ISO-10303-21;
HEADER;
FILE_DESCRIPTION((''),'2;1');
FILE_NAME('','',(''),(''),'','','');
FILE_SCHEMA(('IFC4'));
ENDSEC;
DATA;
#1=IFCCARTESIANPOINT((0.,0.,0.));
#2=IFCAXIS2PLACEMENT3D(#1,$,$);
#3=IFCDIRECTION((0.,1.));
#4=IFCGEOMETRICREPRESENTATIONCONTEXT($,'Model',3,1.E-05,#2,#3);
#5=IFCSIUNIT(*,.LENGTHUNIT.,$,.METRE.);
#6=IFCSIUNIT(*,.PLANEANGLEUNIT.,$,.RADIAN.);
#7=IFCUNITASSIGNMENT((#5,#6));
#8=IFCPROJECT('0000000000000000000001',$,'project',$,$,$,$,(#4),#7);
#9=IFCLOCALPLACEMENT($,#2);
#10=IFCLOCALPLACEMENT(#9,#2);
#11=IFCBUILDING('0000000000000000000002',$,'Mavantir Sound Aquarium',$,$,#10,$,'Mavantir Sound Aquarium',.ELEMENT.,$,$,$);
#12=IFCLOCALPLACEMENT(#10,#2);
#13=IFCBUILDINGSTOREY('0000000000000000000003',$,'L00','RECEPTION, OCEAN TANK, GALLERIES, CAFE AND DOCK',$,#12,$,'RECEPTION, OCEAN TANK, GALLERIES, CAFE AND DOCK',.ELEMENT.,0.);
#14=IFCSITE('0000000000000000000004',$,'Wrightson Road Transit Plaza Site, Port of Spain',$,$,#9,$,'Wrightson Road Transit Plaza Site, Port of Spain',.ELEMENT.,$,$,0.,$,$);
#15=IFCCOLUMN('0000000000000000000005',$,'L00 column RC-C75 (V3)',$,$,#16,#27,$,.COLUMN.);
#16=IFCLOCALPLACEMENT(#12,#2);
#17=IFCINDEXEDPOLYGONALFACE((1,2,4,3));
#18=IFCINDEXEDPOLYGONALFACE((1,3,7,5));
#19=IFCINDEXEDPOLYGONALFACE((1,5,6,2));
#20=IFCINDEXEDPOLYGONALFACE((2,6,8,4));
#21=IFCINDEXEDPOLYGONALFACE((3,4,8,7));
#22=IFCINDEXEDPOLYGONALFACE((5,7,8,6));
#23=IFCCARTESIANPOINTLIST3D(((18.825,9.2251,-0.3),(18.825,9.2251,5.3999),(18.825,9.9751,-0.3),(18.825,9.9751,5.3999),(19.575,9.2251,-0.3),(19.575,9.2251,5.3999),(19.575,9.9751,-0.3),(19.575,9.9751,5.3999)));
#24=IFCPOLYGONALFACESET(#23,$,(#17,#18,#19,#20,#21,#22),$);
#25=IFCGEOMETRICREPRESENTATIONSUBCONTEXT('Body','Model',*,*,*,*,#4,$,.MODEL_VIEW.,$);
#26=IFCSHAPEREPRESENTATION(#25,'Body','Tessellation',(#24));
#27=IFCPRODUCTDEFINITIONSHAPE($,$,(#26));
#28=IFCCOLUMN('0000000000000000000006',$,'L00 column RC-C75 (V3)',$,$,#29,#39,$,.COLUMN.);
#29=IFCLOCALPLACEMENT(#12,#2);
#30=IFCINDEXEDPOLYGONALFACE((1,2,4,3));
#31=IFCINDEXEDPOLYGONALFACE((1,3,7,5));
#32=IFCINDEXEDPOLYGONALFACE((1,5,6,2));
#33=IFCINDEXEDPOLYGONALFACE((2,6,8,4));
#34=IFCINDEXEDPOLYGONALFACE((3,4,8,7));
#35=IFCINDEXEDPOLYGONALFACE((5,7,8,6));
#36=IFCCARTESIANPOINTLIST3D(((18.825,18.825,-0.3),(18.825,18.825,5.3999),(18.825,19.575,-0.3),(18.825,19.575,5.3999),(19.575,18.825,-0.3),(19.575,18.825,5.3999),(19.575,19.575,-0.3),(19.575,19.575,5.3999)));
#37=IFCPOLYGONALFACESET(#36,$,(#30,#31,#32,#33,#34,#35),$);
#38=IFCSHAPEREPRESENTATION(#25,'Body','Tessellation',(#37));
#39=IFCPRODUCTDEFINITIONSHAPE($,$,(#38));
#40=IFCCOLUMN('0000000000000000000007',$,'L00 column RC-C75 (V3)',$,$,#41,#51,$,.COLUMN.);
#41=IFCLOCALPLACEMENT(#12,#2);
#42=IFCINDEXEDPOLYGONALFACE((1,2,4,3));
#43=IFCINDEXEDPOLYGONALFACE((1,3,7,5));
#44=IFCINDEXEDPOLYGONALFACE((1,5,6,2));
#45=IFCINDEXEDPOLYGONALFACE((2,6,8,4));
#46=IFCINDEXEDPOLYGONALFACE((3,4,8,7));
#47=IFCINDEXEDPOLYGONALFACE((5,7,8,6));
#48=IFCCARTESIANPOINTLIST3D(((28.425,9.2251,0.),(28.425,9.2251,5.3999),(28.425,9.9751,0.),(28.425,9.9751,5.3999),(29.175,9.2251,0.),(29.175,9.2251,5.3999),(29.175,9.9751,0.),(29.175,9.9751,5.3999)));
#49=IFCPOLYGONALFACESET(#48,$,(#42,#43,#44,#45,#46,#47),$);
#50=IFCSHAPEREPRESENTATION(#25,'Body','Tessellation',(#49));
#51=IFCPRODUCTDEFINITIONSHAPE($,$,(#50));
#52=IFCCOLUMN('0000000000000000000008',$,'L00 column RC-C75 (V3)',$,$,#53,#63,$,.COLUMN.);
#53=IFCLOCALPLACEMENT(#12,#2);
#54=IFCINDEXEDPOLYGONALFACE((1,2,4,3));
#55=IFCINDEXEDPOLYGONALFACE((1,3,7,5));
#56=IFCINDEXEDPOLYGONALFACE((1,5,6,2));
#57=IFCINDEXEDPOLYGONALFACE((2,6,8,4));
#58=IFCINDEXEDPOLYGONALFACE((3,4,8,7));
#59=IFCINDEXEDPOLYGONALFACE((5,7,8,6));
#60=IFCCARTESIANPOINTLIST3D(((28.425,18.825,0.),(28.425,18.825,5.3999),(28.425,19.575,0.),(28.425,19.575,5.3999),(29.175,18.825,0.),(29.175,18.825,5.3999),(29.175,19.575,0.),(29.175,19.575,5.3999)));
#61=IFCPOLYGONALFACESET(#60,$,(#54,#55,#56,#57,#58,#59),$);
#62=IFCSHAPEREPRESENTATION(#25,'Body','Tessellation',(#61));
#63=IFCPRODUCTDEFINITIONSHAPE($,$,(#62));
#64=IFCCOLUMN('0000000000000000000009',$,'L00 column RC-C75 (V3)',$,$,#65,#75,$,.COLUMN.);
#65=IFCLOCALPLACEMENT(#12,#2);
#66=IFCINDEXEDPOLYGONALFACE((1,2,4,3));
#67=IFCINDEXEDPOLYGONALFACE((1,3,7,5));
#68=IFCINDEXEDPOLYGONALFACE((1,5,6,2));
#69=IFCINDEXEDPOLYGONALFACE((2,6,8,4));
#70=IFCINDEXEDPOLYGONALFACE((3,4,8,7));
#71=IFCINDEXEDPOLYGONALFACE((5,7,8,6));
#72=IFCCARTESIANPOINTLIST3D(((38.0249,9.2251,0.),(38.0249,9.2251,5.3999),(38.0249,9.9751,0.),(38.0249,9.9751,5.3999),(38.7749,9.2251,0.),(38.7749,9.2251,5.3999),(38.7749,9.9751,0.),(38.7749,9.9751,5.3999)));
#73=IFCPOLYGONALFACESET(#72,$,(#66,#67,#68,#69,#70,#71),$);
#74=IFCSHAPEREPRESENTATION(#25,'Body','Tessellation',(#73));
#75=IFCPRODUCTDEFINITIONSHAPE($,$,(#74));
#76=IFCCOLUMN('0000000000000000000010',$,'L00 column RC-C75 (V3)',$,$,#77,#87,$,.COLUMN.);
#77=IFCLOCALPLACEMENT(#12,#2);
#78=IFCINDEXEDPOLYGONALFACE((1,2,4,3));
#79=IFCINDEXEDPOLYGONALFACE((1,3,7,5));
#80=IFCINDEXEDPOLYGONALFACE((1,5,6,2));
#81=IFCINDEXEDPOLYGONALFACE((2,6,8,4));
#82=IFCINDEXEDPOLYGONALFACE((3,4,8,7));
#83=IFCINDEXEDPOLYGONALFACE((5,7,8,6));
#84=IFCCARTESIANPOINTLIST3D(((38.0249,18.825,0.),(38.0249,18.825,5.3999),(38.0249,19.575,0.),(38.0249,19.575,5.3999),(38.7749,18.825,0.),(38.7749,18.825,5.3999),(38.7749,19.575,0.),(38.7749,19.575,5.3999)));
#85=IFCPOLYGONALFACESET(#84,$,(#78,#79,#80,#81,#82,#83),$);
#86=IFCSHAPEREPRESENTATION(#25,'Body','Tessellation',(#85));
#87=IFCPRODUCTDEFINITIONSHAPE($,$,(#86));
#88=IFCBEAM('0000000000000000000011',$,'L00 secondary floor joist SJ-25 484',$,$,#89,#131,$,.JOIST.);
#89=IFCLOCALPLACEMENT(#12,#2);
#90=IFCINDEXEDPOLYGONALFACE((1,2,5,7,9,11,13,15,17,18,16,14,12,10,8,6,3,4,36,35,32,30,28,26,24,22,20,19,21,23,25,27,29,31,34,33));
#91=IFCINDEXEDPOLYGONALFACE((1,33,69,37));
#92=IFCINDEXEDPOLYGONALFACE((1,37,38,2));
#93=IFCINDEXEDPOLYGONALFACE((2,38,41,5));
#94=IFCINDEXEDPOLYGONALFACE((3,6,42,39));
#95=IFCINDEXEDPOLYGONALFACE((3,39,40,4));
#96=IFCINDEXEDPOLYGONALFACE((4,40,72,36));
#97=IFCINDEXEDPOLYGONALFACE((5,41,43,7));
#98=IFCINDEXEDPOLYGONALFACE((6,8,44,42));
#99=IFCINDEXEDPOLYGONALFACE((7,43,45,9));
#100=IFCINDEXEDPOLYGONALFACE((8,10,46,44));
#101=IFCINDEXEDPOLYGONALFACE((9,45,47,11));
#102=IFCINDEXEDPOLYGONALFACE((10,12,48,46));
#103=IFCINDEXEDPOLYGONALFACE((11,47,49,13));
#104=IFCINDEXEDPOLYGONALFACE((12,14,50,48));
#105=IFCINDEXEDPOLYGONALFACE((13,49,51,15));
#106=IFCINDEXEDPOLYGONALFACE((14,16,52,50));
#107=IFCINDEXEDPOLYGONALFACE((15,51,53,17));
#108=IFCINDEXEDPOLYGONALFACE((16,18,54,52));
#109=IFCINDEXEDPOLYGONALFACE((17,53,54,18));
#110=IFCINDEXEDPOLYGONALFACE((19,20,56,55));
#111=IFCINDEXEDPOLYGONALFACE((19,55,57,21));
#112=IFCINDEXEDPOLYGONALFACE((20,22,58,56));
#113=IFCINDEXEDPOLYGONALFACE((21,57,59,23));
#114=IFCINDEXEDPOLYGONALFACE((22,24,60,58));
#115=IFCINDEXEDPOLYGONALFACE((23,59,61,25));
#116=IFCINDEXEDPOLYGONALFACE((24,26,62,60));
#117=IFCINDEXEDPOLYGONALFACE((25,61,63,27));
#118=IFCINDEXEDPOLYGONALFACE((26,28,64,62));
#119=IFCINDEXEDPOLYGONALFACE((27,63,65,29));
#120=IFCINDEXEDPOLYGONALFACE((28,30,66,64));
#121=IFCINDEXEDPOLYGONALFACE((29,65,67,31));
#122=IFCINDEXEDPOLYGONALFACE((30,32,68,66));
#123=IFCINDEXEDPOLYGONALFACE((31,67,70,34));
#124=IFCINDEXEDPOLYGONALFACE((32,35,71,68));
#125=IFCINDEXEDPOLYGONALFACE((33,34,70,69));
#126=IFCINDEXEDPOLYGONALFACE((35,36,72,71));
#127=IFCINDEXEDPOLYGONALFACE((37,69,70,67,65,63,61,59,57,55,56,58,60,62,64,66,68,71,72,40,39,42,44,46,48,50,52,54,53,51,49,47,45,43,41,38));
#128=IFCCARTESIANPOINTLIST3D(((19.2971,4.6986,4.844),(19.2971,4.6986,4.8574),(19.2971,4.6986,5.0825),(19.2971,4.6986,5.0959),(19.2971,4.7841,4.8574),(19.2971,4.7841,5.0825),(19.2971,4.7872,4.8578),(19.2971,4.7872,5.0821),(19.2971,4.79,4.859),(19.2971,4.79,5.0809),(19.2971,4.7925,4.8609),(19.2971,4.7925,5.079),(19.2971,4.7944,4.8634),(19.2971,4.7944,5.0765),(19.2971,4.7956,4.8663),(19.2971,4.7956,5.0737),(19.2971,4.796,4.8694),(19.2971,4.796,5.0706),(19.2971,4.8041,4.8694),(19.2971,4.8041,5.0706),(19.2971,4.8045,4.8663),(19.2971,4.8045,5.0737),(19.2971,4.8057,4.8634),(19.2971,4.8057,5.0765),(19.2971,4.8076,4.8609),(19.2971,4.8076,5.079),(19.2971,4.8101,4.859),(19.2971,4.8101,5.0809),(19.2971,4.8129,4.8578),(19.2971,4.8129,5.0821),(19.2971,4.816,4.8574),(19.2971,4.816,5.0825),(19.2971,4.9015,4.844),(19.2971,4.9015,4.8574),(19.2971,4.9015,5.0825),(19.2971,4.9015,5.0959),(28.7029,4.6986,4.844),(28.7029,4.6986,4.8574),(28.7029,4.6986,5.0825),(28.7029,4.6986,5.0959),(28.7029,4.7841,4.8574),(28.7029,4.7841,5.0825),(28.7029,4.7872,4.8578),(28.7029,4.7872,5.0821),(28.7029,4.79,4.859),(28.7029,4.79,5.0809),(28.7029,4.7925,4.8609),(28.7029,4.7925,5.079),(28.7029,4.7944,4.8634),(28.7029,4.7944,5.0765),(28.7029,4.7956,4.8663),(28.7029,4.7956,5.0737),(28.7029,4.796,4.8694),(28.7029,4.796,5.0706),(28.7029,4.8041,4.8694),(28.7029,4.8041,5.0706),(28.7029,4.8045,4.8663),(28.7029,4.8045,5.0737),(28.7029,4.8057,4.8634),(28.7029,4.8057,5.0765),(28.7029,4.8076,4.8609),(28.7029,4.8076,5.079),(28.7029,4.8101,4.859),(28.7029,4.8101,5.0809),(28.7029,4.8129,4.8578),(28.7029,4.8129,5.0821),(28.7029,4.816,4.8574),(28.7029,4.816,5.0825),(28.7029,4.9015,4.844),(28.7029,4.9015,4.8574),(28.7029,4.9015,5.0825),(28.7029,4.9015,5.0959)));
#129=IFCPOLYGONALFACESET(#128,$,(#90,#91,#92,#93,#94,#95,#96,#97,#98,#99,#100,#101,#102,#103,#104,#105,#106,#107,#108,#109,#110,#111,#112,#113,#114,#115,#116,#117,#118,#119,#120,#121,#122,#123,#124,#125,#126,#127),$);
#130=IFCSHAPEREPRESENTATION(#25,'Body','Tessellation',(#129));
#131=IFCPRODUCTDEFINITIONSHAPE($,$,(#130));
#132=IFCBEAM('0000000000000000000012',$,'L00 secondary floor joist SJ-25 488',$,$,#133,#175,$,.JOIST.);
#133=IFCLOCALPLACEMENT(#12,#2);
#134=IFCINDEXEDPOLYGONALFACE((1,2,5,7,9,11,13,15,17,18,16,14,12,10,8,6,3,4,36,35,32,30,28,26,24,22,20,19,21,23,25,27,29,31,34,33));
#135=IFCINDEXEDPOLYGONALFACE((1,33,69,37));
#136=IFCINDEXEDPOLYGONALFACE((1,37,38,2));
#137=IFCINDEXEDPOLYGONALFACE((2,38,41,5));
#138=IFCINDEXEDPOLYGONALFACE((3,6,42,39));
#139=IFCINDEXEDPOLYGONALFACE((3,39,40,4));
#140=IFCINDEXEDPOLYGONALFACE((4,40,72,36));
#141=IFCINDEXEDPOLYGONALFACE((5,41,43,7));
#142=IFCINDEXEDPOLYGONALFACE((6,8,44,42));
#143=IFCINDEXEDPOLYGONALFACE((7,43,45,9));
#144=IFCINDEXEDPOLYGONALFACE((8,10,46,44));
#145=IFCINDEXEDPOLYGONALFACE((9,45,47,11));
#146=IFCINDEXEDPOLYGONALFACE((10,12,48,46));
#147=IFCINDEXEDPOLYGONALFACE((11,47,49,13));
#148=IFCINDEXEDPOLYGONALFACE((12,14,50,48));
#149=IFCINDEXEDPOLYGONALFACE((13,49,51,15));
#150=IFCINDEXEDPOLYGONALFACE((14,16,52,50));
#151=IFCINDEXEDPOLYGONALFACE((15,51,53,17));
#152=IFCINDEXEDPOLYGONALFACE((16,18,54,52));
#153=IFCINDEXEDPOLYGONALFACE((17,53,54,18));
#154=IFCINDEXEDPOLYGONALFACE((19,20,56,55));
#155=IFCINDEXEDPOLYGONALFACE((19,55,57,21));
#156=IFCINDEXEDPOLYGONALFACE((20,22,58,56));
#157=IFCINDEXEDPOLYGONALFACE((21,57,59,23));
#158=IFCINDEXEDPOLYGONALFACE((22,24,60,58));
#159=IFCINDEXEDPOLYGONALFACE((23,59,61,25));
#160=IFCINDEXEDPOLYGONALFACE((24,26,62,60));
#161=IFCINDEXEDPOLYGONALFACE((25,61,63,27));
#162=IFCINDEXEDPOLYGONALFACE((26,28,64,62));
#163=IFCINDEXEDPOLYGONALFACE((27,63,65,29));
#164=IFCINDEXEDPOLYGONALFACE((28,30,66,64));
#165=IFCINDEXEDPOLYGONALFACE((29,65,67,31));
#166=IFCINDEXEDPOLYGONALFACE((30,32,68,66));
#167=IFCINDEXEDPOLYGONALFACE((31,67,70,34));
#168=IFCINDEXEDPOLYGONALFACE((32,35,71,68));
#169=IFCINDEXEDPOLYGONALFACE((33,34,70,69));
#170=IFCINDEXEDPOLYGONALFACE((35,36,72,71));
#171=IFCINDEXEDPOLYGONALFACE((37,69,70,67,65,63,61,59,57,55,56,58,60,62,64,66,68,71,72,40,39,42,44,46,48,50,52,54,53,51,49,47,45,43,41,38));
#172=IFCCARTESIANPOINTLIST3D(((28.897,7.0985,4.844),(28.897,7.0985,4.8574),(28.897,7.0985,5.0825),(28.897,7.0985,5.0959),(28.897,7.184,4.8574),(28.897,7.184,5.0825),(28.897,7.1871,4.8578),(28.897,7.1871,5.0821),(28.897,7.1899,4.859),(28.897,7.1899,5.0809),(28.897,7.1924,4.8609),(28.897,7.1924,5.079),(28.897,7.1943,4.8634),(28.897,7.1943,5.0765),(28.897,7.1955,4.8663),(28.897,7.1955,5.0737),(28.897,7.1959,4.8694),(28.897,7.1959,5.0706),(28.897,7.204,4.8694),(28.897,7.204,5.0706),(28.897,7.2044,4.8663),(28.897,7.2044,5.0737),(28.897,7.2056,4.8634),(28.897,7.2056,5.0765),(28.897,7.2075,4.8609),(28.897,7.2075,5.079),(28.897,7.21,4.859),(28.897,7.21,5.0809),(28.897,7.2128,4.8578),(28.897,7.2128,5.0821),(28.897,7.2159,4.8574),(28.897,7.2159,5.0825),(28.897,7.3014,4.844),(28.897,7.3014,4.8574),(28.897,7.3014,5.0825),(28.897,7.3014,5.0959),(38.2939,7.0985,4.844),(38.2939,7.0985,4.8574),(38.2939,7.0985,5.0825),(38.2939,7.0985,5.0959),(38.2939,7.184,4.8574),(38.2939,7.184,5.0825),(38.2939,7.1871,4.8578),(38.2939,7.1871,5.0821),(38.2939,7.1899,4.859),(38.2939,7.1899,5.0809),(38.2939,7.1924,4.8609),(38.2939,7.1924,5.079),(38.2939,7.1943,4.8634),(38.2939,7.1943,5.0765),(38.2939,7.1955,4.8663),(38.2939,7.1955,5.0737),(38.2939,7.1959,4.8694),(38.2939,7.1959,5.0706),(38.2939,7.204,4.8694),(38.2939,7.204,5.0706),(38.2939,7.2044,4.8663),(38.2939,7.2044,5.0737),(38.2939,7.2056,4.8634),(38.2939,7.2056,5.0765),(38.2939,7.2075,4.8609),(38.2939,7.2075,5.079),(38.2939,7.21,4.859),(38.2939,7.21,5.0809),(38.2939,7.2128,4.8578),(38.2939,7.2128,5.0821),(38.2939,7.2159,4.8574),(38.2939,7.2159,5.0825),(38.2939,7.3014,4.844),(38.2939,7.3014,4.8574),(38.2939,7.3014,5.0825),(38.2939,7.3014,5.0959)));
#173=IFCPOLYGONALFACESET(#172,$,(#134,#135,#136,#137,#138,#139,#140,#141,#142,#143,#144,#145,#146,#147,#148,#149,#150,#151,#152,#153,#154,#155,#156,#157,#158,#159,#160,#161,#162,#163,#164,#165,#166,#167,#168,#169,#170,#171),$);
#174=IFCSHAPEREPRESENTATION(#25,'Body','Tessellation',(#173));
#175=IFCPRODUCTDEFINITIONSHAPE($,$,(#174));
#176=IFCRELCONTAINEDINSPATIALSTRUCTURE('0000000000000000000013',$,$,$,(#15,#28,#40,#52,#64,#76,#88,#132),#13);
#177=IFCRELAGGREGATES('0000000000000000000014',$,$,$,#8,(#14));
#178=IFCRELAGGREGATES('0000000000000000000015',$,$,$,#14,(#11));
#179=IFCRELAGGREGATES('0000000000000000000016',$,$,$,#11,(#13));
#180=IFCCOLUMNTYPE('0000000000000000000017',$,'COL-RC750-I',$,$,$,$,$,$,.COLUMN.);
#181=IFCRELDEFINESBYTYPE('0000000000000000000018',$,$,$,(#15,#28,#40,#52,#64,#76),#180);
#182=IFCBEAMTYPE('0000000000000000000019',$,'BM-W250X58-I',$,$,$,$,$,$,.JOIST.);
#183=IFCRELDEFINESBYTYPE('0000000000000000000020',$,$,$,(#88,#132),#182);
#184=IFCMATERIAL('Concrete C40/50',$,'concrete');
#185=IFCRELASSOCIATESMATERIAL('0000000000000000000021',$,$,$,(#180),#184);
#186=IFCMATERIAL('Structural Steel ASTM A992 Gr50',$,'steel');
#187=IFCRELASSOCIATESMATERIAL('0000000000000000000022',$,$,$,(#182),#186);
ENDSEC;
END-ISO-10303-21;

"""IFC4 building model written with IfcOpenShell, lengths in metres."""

from ifc_helpers import new_model, si_unit, direction, frame, origin, origin_2d, place, context, subcontext, project, spatial, rectangle, i_section, extrude, material, material_profile, profile_set, type_object, element, save


model = new_model("IFC4")

# Units and contexts
model_context = context("Model", 3, precision=1e-05, world=origin(), true_north=direction((0.0, 1.0)))
body_context = subcontext(model_context, "Body", "Model", "MODEL_VIEW")
ifc_project = project(units=[si_unit("LENGTHUNIT", "METRE"), si_unit("PLANEANGLEUNIT", "RADIAN")], contexts=[model_context])

# Site, building, storey
site_placement = place(None, origin())
site = spatial("IfcSite", under=ifc_project, at=site_placement, Name="Wrightson Road Transit Plaza Site, Port of Spain", LongName="Wrightson Road Transit Plaza Site, Port of Spain", CompositionType="ELEMENT", RefElevation=0.0)
building_placement = place(site_placement, origin())
building = spatial("IfcBuilding", under=site, at=building_placement, Name="Mavantir Sound Aquarium", LongName="Mavantir Sound Aquarium", CompositionType="ELEMENT")
storey_placement = place(building_placement, origin())
storey = spatial("IfcBuildingStorey", under=building, at=storey_placement, Name="L00", Description="RECEPTION, OCEAN TANK, GALLERIES, CAFE AND DOCK", LongName="RECEPTION, OCEAN TANK, GALLERIES, CAFE AND DOCK", CompositionType="ELEMENT", Elevation=0.0)

# Columns
ifc_material_1 = material(Name="Concrete C40/50", Category="concrete")
ifc_material_profile_1 = material_profile(ifc_material_1, rectangle(XDim=0.75, YDim=0.75, at=origin_2d()), Name="RC 750X750")
ifc_profile_set_1 = profile_set([ifc_material_profile_1], Name="Concrete C40/50")
column_type = type_object("IfcColumnType", Name="COL-RC750-I", PredefinedType="COLUMN", material=ifc_profile_set_1)
for number, where, z_axis, x_axis, name in (
    (1, (19.2, 9.6001, -0.3), (0.0, 0.0, 1.0), (1.0, 0.0, 0.0), "L00 column RC-C75 (V3)"),
    (2, (19.2, 19.2, -0.3), (0.0, 0.0, 1.0), (1.0, 0.0, 0.0), "L00 column RC-C75 (V3)"),
):
    element("IfcColumn", number, at=place(storey_placement, frame(where, z_axis=z_axis, x_axis=x_axis)), inside=storey, type_object=column_type, Name=name, PredefinedType="COLUMN", context=body_context, shape_type="SweptSolid", body=[
        extrude(rectangle(XDim=0.75, YDim=0.75, at=origin_2d()), origin(), (0.0, 0.0, 1.0), 5.7),
    ])
for number, where, z_axis, x_axis, name in (
    (3, (28.8, 9.6001, 0.0), (0.0, 0.0, 1.0), (1.0, 0.0, 0.0), "L00 column RC-C75 (V3)"),
    (4, (28.8, 19.2, 0.0), (0.0, 0.0, 1.0), (1.0, 0.0, 0.0), "L00 column RC-C75 (V3)"),
    (5, (38.3999, 9.6001, 0.0), (0.0, 0.0, 1.0), (1.0, 0.0, 0.0), "L00 column RC-C75 (V3)"),
    (6, (38.3999, 19.2, 0.0), (0.0, 0.0, 1.0), (1.0, 0.0, 0.0), "L00 column RC-C75 (V3)"),
):
    element("IfcColumn", number, at=place(storey_placement, frame(where, z_axis=z_axis, x_axis=x_axis)), inside=storey, type_object=column_type, Name=name, PredefinedType="COLUMN", context=body_context, shape_type="SweptSolid", body=[
        extrude(rectangle(XDim=0.75, YDim=0.75, at=origin_2d()), origin(), (0.0, 0.0, 1.0), 5.3999),
    ])

# Beams
ifc_material_2 = material(Name="Structural Steel ASTM A992 Gr50", Category="steel")
ifc_material_profile_2 = material_profile(ifc_material_2, i_section(OverallWidth=0.2029, OverallDepth=0.252, WebThickness=0.0081, FlangeThickness=0.0134, FilletRadius=0.012, at=origin_2d()), Name="W250X58")
ifc_profile_set_2 = profile_set([ifc_material_profile_2], Name="Structural Steel ASTM A992 Gr50")
beam_type_1 = type_object("IfcBeamType", Name="BM-W250X58-I", PredefinedType="JOIST", material=ifc_profile_set_2)
beam_1_placement = place(storey_placement, frame((19.2971, 4.8, 4.97), z_axis=(1.0, 0.0, 0.0), x_axis=(0.0, 1.0, 0.0)))
element("IfcBeam", 7, at=beam_1_placement, inside=storey, type_object=beam_type_1, Name="L00 secondary floor joist SJ-25 484", PredefinedType="JOIST", context=body_context, shape_type="SweptSolid", body=[
    extrude(i_section(OverallWidth=0.2029, OverallDepth=0.252, WebThickness=0.0081, FlangeThickness=0.0134, FilletRadius=0.012, at=origin_2d()), origin(), (0.0, 0.0, 1.0), 9.4058),
])
beam_2_placement = place(storey_placement, frame((28.897, 7.2, 4.97), z_axis=(1.0, 0.0, 0.0), x_axis=(0.0, 1.0, 0.0)))
element("IfcBeam", 8, at=beam_2_placement, inside=storey, type_object=beam_type_1, Name="L00 secondary floor joist SJ-25 488", PredefinedType="JOIST", context=body_context, shape_type="SweptSolid", body=[
    extrude(i_section(OverallWidth=0.2029, OverallDepth=0.252, WebThickness=0.0081, FlangeThickness=0.0134, FilletRadius=0.012, at=origin_2d()), origin(), (0.0, 0.0, 1.0), 9.397),
])

save(model, "model.ifc")
